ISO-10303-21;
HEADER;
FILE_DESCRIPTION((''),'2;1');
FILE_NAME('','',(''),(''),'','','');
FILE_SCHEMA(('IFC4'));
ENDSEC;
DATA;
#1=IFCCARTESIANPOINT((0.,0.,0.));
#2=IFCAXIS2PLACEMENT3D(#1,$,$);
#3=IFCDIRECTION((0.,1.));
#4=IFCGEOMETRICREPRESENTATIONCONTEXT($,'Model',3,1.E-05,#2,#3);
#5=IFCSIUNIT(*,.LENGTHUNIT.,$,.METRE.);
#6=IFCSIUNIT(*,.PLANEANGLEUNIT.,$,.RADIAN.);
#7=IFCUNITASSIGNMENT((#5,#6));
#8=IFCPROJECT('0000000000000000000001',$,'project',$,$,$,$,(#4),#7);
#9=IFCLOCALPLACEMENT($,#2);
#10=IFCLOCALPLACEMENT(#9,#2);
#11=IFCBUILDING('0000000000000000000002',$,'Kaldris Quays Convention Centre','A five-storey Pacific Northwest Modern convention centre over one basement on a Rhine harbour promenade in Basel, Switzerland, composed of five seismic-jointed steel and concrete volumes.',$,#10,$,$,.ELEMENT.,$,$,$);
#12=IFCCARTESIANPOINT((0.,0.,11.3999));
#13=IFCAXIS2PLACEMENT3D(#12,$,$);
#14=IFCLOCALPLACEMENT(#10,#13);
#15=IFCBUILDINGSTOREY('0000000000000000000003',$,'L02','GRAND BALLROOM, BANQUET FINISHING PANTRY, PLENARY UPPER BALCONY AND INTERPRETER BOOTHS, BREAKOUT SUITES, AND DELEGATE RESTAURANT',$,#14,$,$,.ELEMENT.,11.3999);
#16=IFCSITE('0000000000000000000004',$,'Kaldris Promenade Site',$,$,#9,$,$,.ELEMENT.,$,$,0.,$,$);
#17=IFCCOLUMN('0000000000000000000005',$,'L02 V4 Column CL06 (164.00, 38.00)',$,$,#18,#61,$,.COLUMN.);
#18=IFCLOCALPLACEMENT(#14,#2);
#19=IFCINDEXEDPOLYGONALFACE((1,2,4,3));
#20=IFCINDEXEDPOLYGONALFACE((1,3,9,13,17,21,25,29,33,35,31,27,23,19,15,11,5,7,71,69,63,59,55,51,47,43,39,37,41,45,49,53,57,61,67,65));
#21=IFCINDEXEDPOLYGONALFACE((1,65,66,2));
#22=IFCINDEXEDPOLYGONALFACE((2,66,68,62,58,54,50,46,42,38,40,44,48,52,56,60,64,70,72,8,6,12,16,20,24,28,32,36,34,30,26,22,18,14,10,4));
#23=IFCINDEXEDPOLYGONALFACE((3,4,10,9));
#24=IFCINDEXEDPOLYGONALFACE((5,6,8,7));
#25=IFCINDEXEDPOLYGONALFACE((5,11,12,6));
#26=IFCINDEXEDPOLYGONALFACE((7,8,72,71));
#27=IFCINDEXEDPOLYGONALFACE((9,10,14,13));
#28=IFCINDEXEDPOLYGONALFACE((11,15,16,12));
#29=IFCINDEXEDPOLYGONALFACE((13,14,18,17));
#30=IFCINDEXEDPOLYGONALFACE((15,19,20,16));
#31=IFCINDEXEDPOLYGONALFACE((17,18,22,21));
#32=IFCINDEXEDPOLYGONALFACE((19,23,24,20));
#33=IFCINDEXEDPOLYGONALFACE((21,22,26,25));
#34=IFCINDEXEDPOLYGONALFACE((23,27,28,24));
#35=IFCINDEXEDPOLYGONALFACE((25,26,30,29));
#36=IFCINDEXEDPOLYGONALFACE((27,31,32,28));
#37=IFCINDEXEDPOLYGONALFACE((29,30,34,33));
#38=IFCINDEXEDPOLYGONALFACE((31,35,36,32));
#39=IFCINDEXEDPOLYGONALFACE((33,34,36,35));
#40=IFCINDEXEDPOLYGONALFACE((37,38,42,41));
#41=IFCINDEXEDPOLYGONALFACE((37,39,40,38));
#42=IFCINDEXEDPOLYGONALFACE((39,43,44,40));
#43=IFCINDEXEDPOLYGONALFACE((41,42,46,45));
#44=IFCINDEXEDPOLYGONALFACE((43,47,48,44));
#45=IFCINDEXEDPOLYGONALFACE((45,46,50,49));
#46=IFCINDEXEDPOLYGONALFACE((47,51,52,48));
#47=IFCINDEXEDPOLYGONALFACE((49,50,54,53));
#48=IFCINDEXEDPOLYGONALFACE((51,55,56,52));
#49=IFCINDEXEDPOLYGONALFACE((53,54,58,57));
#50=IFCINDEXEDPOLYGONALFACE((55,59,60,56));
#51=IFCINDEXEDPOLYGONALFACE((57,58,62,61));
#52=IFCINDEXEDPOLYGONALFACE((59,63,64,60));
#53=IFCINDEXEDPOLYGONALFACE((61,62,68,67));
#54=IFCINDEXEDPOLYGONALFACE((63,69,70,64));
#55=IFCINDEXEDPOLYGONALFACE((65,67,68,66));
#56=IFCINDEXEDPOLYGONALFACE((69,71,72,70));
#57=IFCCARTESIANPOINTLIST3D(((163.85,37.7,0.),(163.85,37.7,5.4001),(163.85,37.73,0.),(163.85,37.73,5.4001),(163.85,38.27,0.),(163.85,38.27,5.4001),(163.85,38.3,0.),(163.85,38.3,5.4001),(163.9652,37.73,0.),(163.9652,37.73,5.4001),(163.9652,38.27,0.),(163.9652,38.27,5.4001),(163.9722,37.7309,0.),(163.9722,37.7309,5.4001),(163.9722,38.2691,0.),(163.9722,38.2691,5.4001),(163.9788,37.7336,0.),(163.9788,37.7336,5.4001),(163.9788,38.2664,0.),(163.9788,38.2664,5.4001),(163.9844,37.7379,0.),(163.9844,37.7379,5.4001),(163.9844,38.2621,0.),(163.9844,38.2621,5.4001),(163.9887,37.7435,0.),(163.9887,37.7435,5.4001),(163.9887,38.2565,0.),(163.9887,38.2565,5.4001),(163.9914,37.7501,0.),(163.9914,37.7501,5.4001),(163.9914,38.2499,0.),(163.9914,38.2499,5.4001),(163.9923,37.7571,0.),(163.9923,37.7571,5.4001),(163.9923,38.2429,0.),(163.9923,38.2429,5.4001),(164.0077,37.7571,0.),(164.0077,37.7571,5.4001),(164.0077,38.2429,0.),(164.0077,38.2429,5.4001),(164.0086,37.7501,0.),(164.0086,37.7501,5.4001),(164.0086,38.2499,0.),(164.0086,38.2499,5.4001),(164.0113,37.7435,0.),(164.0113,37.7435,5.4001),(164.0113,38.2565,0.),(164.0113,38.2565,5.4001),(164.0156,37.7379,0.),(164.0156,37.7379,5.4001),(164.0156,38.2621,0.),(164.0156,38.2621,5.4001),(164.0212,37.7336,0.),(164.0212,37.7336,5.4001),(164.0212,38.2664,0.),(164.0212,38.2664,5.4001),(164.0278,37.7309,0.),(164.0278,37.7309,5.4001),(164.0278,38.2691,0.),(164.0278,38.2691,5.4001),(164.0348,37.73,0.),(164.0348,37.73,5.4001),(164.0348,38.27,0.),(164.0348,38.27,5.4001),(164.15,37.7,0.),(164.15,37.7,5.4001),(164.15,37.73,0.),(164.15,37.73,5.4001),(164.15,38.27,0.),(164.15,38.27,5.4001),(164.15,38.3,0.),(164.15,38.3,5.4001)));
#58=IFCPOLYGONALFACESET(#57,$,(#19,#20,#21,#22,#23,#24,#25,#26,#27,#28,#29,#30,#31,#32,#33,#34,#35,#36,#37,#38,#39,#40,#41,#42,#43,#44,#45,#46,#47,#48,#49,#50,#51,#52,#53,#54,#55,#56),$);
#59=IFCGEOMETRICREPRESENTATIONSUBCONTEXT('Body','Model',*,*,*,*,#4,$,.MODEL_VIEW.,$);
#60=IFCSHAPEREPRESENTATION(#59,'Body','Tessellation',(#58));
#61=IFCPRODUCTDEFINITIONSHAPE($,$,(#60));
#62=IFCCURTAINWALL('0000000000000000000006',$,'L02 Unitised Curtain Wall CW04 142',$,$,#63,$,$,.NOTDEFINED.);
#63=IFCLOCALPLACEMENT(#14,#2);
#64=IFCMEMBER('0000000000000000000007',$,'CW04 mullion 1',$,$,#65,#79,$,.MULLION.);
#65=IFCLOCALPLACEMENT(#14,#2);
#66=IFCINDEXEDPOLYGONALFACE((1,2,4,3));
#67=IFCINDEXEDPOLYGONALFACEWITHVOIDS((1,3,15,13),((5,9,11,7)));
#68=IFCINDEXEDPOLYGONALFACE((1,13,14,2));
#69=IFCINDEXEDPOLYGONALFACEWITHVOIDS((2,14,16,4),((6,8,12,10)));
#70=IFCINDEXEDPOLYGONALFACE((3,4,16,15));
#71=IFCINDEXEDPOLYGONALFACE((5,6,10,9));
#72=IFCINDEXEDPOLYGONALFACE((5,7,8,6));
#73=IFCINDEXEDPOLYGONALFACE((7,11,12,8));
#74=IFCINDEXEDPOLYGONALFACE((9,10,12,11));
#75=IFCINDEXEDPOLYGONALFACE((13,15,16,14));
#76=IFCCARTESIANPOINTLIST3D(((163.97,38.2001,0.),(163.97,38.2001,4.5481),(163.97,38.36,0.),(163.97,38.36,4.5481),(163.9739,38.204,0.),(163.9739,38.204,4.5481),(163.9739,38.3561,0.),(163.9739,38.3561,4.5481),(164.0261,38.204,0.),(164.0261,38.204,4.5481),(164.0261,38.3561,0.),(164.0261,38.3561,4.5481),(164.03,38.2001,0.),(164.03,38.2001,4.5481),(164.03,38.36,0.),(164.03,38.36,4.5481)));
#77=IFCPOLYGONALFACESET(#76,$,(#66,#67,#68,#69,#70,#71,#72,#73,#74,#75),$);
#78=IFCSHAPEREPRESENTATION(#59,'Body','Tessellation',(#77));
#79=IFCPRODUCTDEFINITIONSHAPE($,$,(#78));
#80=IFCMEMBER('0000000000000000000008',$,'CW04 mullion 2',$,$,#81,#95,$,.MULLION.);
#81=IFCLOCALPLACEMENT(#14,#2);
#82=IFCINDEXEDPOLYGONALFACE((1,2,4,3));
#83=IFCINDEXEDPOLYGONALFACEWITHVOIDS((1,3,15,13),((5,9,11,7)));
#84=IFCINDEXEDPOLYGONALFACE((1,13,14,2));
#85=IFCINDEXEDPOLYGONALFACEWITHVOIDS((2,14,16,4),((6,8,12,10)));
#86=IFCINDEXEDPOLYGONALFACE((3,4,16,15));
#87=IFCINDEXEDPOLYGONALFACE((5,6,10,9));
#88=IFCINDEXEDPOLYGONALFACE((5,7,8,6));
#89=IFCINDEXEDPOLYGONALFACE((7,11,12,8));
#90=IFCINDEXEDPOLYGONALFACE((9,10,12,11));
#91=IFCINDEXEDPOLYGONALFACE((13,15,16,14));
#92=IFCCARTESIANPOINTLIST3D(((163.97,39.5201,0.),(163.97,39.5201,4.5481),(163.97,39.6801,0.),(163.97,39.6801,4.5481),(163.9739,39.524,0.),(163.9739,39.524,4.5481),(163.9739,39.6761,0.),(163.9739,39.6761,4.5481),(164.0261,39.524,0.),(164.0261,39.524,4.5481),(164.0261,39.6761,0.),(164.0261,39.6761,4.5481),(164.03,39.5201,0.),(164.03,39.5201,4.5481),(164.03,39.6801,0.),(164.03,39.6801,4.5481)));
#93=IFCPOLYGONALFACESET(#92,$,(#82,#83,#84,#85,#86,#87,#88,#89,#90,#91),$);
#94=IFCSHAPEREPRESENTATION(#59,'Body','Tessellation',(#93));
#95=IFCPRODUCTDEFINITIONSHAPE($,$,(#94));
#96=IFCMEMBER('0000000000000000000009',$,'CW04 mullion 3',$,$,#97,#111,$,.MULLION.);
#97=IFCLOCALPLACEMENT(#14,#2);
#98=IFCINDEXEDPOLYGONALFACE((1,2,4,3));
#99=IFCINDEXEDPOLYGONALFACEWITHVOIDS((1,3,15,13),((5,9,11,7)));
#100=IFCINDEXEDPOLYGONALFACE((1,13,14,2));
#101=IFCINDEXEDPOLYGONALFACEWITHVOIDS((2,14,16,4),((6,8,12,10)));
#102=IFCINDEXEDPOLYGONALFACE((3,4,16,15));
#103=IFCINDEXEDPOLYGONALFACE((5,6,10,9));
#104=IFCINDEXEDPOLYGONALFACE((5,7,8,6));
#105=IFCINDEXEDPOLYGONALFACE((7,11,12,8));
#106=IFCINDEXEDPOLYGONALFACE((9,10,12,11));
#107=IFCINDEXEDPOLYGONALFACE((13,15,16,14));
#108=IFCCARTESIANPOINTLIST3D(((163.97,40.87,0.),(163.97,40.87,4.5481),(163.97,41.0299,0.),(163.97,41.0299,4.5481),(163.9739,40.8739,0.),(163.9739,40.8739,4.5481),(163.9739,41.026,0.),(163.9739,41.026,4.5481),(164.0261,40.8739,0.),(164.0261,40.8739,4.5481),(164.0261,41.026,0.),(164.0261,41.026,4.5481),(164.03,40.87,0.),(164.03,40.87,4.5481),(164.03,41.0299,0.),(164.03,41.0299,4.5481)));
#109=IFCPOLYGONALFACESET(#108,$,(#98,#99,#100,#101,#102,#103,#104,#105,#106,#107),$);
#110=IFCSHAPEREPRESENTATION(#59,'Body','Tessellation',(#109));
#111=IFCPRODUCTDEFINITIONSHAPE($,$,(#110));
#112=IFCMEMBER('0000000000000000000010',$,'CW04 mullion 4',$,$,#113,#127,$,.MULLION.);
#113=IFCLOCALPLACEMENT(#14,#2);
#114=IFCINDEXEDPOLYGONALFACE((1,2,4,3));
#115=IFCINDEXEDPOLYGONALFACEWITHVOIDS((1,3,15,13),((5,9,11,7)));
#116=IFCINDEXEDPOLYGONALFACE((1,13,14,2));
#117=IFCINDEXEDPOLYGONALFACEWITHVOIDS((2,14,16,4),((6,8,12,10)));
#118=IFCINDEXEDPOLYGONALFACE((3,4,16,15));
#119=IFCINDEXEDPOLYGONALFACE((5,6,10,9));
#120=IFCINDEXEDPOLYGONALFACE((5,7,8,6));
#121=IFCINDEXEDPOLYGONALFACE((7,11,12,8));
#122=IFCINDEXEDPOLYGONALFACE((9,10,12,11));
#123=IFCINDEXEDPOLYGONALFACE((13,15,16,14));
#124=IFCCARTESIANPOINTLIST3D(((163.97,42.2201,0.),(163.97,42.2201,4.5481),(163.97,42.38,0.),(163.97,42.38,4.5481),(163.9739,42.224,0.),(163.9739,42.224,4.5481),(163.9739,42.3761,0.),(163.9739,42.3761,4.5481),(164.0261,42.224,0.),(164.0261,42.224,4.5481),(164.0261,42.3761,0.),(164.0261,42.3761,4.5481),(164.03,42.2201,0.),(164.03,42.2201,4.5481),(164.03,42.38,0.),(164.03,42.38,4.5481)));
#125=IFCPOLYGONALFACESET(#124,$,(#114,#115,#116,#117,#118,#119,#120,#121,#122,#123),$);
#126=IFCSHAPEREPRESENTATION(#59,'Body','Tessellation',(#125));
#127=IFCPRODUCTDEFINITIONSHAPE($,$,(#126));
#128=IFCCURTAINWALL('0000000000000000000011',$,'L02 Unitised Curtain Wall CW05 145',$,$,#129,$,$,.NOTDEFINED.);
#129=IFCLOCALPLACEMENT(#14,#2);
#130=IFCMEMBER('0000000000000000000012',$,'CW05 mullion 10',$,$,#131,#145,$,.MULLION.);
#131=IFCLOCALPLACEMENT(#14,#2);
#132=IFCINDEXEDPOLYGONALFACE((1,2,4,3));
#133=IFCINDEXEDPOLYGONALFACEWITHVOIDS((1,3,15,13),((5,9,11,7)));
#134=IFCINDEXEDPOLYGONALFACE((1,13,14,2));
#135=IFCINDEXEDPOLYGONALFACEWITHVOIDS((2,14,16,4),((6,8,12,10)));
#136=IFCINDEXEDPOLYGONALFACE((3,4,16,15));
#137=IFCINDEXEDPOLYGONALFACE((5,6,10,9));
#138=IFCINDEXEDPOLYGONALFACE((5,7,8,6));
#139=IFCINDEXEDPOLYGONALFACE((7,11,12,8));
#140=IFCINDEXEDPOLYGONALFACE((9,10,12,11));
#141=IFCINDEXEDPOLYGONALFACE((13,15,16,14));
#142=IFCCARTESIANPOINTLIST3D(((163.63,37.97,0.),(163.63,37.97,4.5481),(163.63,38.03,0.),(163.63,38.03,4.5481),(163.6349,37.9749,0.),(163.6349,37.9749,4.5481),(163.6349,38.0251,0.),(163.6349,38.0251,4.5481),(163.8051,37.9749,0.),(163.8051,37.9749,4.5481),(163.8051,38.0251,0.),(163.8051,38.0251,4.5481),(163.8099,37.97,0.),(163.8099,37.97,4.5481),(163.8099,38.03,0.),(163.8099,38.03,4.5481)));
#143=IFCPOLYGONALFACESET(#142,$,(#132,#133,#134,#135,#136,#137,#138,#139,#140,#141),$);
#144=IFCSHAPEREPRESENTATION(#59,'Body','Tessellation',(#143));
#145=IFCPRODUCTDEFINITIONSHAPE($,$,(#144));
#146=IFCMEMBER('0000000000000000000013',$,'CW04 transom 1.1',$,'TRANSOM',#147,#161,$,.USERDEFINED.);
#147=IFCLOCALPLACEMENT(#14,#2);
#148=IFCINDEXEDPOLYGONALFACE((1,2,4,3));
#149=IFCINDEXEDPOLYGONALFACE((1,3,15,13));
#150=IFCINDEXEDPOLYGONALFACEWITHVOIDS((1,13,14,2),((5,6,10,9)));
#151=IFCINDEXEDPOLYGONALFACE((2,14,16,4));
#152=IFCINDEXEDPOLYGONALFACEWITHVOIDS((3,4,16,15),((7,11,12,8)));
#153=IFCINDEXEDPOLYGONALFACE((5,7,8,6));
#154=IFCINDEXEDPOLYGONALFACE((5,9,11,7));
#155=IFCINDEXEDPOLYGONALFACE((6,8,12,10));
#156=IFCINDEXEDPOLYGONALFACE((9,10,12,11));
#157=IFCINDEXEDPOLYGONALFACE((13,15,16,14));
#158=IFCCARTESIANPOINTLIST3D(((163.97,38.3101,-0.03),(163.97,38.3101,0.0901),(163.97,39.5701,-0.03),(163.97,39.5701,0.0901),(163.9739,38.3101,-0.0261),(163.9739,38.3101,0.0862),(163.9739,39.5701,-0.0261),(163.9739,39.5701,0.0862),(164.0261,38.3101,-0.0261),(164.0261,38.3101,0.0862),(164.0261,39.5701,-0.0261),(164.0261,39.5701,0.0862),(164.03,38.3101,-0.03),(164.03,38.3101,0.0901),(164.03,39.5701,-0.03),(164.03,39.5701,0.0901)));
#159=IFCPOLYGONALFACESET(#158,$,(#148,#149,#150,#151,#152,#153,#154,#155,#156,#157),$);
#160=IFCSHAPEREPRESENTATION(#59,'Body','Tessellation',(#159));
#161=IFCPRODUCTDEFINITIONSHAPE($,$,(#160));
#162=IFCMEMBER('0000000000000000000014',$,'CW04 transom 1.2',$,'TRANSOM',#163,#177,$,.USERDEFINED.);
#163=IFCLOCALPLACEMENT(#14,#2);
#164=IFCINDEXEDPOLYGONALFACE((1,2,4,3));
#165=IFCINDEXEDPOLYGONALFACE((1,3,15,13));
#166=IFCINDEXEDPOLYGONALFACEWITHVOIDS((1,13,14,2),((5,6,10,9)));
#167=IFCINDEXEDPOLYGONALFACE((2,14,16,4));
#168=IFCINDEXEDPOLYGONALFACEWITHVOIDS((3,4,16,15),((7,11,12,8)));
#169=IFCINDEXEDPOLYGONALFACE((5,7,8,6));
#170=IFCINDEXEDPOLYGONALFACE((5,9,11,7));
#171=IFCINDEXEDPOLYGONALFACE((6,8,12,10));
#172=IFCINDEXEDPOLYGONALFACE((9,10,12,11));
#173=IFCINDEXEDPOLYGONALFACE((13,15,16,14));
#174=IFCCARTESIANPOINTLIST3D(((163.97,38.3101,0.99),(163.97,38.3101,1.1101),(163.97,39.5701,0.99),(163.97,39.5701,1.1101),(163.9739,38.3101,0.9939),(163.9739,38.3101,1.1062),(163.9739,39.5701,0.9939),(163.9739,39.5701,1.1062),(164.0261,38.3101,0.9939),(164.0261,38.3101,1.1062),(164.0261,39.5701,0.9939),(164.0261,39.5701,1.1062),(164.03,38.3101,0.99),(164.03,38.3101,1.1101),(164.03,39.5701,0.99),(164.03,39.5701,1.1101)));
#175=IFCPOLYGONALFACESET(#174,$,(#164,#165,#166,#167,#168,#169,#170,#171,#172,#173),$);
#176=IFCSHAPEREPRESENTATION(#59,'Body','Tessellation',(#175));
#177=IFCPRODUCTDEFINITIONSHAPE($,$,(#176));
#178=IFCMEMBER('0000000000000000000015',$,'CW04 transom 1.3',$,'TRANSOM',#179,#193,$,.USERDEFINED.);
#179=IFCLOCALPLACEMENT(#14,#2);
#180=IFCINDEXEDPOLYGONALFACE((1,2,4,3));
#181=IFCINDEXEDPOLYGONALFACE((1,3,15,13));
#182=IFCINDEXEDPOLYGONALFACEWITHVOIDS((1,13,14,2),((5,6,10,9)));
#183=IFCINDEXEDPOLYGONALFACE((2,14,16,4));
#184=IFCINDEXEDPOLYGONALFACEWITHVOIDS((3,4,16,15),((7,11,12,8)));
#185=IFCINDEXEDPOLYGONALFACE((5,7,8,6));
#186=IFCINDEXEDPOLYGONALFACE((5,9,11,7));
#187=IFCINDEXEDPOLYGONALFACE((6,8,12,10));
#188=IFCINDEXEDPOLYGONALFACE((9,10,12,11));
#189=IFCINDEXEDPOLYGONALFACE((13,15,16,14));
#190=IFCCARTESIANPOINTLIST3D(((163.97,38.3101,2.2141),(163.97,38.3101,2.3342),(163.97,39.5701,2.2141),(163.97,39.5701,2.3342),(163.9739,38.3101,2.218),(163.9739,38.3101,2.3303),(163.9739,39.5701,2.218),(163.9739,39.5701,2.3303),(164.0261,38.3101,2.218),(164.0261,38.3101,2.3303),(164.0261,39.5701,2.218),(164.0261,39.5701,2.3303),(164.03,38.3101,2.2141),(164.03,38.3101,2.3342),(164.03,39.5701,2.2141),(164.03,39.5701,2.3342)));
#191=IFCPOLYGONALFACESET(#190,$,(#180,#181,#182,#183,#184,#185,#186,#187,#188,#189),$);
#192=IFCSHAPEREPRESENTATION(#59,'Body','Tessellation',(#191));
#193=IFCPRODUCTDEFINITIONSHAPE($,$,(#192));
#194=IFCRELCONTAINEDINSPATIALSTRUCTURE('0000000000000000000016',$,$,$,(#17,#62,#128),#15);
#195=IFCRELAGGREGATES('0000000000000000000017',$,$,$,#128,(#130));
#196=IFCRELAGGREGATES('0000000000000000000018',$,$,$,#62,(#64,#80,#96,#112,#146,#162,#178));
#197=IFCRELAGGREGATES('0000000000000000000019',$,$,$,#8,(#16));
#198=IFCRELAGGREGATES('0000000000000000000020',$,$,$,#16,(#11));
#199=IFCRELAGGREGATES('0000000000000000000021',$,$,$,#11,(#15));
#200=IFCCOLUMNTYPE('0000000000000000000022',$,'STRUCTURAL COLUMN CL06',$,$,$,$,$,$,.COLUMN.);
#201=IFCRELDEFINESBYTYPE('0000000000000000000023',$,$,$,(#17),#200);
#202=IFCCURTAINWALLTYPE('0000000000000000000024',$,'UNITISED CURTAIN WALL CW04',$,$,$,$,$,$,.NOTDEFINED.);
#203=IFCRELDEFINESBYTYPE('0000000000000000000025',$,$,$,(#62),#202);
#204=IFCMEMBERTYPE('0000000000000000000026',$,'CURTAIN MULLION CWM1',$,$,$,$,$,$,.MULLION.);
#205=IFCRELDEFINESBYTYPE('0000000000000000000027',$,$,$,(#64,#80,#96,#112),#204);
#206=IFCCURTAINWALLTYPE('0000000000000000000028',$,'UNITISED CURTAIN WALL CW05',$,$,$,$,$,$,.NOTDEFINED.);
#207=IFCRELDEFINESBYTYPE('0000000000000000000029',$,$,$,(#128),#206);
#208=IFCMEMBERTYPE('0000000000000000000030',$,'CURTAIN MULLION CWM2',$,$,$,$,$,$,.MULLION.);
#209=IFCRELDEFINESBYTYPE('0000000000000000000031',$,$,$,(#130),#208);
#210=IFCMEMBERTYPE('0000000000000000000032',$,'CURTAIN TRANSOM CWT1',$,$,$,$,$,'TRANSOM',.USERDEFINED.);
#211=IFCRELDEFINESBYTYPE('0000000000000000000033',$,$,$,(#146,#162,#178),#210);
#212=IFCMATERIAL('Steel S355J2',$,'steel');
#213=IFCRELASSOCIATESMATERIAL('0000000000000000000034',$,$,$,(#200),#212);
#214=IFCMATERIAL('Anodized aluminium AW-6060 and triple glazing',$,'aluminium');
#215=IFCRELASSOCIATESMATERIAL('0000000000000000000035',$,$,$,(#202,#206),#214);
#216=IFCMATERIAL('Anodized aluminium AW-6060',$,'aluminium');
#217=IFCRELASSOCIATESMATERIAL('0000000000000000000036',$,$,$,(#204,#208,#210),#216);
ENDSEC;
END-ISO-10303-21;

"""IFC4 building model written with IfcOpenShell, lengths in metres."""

from ifc_helpers import new_model, si_unit, direction, frame, origin, origin_2d, place, context, subcontext, project, spatial, hollow_rectangle, i_section, extrude, material, material_profile, profile_set, type_object, element, aggregate, save


model = new_model("IFC4")

# Units and contexts
model_context = context("Model", 3, precision=1e-05, world=origin(), true_north=direction((0.0, 1.0)))
body_context = subcontext(model_context, "Body", "Model", "MODEL_VIEW")
ifc_project = project(units=[si_unit("LENGTHUNIT", "METRE"), si_unit("PLANEANGLEUNIT", "RADIAN")], contexts=[model_context])

# Site, building, storey
site_placement = place(None, origin())
site = spatial("IfcSite", under=ifc_project, at=site_placement, Name="Kaldris Promenade Site", CompositionType="ELEMENT", RefElevation=0.0)
building_placement = place(site_placement, origin())
building = spatial("IfcBuilding", under=site, at=building_placement, Name="Kaldris Quays Convention Centre", Description="A five-storey Pacific Northwest Modern convention centre over one basement on a Rhine harbour promenade in Basel, Switzerland, composed of five seismic-jointed steel and concrete volumes.", CompositionType="ELEMENT")
storey_placement = place(building_placement, frame((0.0, 0.0, 11.3999)))
storey = spatial("IfcBuildingStorey", under=building, at=storey_placement, Name="L02", Description="GRAND BALLROOM, BANQUET FINISHING PANTRY, PLENARY UPPER BALCONY AND INTERPRETER BOOTHS, BREAKOUT SUITES, AND DELEGATE RESTAURANT", CompositionType="ELEMENT", Elevation=11.3999)

# Column
ifc_material_1 = material(Name="Steel S355J2", Category="steel")
ifc_material_profile_1 = material_profile(ifc_material_1, i_section(OverallWidth=0.3, OverallDepth=0.6001, WebThickness=0.0154, FlangeThickness=0.03, FilletRadius=0.0271, at=origin_2d()), Name="HEB 600")
ifc_profile_set_1 = profile_set([ifc_material_profile_1], Name="Steel S355J2")
column_type = type_object("IfcColumnType", Name="STRUCTURAL COLUMN CL06", PredefinedType="COLUMN", material=ifc_profile_set_1)
column_placement = place(storey_placement, frame((164.0, 38.0, 0.0), z_axis=(0.0, 0.0, 1.0), x_axis=(1.0, 0.0, 0.0)))
element("IfcColumn", 1, at=column_placement, inside=storey, type_object=column_type, Name="L02 V4 Column CL06 (164.00, 38.00)", PredefinedType="COLUMN", context=body_context, shape_type="SweptSolid", body=[
    extrude(i_section(OverallWidth=0.3, OverallDepth=0.6001, WebThickness=0.0154, FlangeThickness=0.03, FilletRadius=0.0271, at=origin_2d()), origin(), (0.0, 0.0, 1.0), 5.4001),
])

# Curtain wall, members
ifc_material_2 = material(Name="Anodized aluminium AW-6060 and triple glazing", Category="aluminium")
curtain_wall_type_1 = type_object("IfcCurtainWallType", Name="UNITISED CURTAIN WALL CW04", PredefinedType="NOTDEFINED", material=ifc_material_2)
curtain_wall_1_placement = place(storey_placement, origin())
curtain_wall_1 = element("IfcCurtainWall", 2, at=curtain_wall_1_placement, inside=storey, type_object=curtain_wall_type_1, Name="L02 Unitised Curtain Wall CW04 142", PredefinedType="NOTDEFINED")
ifc_material_3 = material(Name="Anodized aluminium AW-6060", Category="aluminium")
ifc_material_profile_2 = material_profile(ifc_material_3, hollow_rectangle(XDim=0.0601, YDim=0.1599, WallThickness=0.0039, at=origin_2d()), Name="RHS 160x60x4")
ifc_profile_set_2 = profile_set([ifc_material_profile_2], Name="Anodized aluminium AW-6060")
member_type_1 = type_object("IfcMemberType", Name="CURTAIN MULLION CWM1", PredefinedType="MULLION", material=ifc_profile_set_2)
member_1_placement = place(storey_placement, frame((164.0, 38.28, 0.0), z_axis=(0.0, 0.0, 1.0), x_axis=(-1.0, 0.0, 0.0)))
member_1 = element("IfcMember", 3, at=member_1_placement, type_object=member_type_1, Name="CW04 mullion 1", PredefinedType="MULLION", context=body_context, shape_type="SweptSolid", body=[
    extrude(hollow_rectangle(XDim=0.0601, YDim=0.1599, WallThickness=0.0039, at=origin_2d()), origin(), (0.0, 0.0, 1.0), 4.5481),
])
member_2_placement = place(storey_placement, frame((164.0, 39.6001, 0.0), z_axis=(0.0, 0.0, 1.0), x_axis=(-1.0, 0.0, 0.0)))
member_2 = element("IfcMember", 4, at=member_2_placement, type_object=member_type_1, Name="CW04 mullion 2", PredefinedType="MULLION", context=body_context, shape_type="SweptSolid", body=[
    extrude(hollow_rectangle(XDim=0.0601, YDim=0.1599, WallThickness=0.0039, at=origin_2d()), origin(), (0.0, 0.0, 1.0), 4.5481),
])
member_3_placement = place(storey_placement, frame((164.0, 40.95, 0.0), z_axis=(0.0, 0.0, 1.0), x_axis=(-1.0, 0.0, 0.0)))
member_3 = element("IfcMember", 5, at=member_3_placement, type_object=member_type_1, Name="CW04 mullion 3", PredefinedType="MULLION", context=body_context, shape_type="SweptSolid", body=[
    extrude(hollow_rectangle(XDim=0.0601, YDim=0.1599, WallThickness=0.0039, at=origin_2d()), origin(), (0.0, 0.0, 1.0), 4.5481),
])
member_4_placement = place(storey_placement, frame((164.0, 42.3, 0.0), z_axis=(0.0, 0.0, 1.0), x_axis=(-1.0, 0.0, 0.0)))
member_4 = element("IfcMember", 6, at=member_4_placement, type_object=member_type_1, Name="CW04 mullion 4", PredefinedType="MULLION", context=body_context, shape_type="SweptSolid", body=[
    extrude(hollow_rectangle(XDim=0.0601, YDim=0.1599, WallThickness=0.0039, at=origin_2d()), origin(), (0.0, 0.0, 1.0), 4.5481),
])

# Curtain wall, member
curtain_wall_type_2 = type_object("IfcCurtainWallType", Name="UNITISED CURTAIN WALL CW05", PredefinedType="NOTDEFINED", material=ifc_material_2)
curtain_wall_2_placement = place(storey_placement, origin())
curtain_wall_2 = element("IfcCurtainWall", 7, at=curtain_wall_2_placement, inside=storey, type_object=curtain_wall_type_2, Name="L02 Unitised Curtain Wall CW05 145", PredefinedType="NOTDEFINED")
ifc_material_profile_3 = material_profile(ifc_material_3, hollow_rectangle(XDim=0.0601, YDim=0.1799, WallThickness=0.0049, at=origin_2d()), Name="RHS 180x60x5")
ifc_profile_set_3 = profile_set([ifc_material_profile_3], Name="Anodized aluminium AW-6060")
member_type_2 = type_object("IfcMemberType", Name="CURTAIN MULLION CWM2", PredefinedType="MULLION", material=ifc_profile_set_3)
member_5_placement = place(storey_placement, frame((163.72, 38.0, 0.0), z_axis=(0.0, 0.0, 1.0), x_axis=(0.0, 1.0, 0.0)))
member_5 = element("IfcMember", 8, at=member_5_placement, type_object=member_type_2, Name="CW05 mullion 10", PredefinedType="MULLION", context=body_context, shape_type="SweptSolid", body=[
    extrude(hollow_rectangle(XDim=0.0601, YDim=0.1799, WallThickness=0.0049, at=origin_2d()), origin(), (0.0, 0.0, 1.0), 4.5481),
])

# Members
ifc_material_profile_4 = material_profile(ifc_material_3, hollow_rectangle(XDim=0.0601, YDim=0.1201, WallThickness=0.0039, at=origin_2d()), Name="RHS 120x60x4")
ifc_profile_set_4 = profile_set([ifc_material_profile_4], Name="Anodized aluminium AW-6060")
member_type_3 = type_object("IfcMemberType", Name="CURTAIN TRANSOM CWT1", ElementType="TRANSOM", PredefinedType="USERDEFINED", material=ifc_profile_set_4)
member_6_placement = place(storey_placement, frame((164.0, 38.3101, 0.03), z_axis=(0.0, 1.0, 0.0), x_axis=(-1.0, 0.0, 0.0)))
member_6 = element("IfcMember", 9, at=member_6_placement, type_object=member_type_3, Name="CW04 transom 1.1", ObjectType="TRANSOM", PredefinedType="USERDEFINED", context=body_context, shape_type="SweptSolid", body=[
    extrude(hollow_rectangle(XDim=0.0601, YDim=0.1201, WallThickness=0.0039, at=origin_2d()), origin(), (0.0, 0.0, 1.0), 1.26),
])
member_7_placement = place(storey_placement, frame((164.0, 38.3101, 1.05), z_axis=(0.0, 1.0, 0.0), x_axis=(-1.0, 0.0, 0.0)))
member_7 = element("IfcMember", 10, at=member_7_placement, type_object=member_type_3, Name="CW04 transom 1.2", ObjectType="TRANSOM", PredefinedType="USERDEFINED", context=body_context, shape_type="SweptSolid", body=[
    extrude(hollow_rectangle(XDim=0.0601, YDim=0.1201, WallThickness=0.0039, at=origin_2d()), origin(), (0.0, 0.0, 1.0), 1.26),
])
member_8_placement = place(storey_placement, frame((164.0, 38.3101, 2.2742), z_axis=(0.0, 1.0, 0.0), x_axis=(-1.0, 0.0, 0.0)))
member_8 = element("IfcMember", 11, at=member_8_placement, type_object=member_type_3, Name="CW04 transom 1.3", ObjectType="TRANSOM", PredefinedType="USERDEFINED", context=body_context, shape_type="SweptSolid", body=[
    extrude(hollow_rectangle(XDim=0.0601, YDim=0.1201, WallThickness=0.0039, at=origin_2d()), origin(), (0.0, 0.0, 1.0), 1.26),
])

aggregate(curtain_wall_2, [member_5])
aggregate(curtain_wall_1, [member_1, member_2, member_3, member_4, member_6, member_7, member_8])

save(model, "model.ifc")
